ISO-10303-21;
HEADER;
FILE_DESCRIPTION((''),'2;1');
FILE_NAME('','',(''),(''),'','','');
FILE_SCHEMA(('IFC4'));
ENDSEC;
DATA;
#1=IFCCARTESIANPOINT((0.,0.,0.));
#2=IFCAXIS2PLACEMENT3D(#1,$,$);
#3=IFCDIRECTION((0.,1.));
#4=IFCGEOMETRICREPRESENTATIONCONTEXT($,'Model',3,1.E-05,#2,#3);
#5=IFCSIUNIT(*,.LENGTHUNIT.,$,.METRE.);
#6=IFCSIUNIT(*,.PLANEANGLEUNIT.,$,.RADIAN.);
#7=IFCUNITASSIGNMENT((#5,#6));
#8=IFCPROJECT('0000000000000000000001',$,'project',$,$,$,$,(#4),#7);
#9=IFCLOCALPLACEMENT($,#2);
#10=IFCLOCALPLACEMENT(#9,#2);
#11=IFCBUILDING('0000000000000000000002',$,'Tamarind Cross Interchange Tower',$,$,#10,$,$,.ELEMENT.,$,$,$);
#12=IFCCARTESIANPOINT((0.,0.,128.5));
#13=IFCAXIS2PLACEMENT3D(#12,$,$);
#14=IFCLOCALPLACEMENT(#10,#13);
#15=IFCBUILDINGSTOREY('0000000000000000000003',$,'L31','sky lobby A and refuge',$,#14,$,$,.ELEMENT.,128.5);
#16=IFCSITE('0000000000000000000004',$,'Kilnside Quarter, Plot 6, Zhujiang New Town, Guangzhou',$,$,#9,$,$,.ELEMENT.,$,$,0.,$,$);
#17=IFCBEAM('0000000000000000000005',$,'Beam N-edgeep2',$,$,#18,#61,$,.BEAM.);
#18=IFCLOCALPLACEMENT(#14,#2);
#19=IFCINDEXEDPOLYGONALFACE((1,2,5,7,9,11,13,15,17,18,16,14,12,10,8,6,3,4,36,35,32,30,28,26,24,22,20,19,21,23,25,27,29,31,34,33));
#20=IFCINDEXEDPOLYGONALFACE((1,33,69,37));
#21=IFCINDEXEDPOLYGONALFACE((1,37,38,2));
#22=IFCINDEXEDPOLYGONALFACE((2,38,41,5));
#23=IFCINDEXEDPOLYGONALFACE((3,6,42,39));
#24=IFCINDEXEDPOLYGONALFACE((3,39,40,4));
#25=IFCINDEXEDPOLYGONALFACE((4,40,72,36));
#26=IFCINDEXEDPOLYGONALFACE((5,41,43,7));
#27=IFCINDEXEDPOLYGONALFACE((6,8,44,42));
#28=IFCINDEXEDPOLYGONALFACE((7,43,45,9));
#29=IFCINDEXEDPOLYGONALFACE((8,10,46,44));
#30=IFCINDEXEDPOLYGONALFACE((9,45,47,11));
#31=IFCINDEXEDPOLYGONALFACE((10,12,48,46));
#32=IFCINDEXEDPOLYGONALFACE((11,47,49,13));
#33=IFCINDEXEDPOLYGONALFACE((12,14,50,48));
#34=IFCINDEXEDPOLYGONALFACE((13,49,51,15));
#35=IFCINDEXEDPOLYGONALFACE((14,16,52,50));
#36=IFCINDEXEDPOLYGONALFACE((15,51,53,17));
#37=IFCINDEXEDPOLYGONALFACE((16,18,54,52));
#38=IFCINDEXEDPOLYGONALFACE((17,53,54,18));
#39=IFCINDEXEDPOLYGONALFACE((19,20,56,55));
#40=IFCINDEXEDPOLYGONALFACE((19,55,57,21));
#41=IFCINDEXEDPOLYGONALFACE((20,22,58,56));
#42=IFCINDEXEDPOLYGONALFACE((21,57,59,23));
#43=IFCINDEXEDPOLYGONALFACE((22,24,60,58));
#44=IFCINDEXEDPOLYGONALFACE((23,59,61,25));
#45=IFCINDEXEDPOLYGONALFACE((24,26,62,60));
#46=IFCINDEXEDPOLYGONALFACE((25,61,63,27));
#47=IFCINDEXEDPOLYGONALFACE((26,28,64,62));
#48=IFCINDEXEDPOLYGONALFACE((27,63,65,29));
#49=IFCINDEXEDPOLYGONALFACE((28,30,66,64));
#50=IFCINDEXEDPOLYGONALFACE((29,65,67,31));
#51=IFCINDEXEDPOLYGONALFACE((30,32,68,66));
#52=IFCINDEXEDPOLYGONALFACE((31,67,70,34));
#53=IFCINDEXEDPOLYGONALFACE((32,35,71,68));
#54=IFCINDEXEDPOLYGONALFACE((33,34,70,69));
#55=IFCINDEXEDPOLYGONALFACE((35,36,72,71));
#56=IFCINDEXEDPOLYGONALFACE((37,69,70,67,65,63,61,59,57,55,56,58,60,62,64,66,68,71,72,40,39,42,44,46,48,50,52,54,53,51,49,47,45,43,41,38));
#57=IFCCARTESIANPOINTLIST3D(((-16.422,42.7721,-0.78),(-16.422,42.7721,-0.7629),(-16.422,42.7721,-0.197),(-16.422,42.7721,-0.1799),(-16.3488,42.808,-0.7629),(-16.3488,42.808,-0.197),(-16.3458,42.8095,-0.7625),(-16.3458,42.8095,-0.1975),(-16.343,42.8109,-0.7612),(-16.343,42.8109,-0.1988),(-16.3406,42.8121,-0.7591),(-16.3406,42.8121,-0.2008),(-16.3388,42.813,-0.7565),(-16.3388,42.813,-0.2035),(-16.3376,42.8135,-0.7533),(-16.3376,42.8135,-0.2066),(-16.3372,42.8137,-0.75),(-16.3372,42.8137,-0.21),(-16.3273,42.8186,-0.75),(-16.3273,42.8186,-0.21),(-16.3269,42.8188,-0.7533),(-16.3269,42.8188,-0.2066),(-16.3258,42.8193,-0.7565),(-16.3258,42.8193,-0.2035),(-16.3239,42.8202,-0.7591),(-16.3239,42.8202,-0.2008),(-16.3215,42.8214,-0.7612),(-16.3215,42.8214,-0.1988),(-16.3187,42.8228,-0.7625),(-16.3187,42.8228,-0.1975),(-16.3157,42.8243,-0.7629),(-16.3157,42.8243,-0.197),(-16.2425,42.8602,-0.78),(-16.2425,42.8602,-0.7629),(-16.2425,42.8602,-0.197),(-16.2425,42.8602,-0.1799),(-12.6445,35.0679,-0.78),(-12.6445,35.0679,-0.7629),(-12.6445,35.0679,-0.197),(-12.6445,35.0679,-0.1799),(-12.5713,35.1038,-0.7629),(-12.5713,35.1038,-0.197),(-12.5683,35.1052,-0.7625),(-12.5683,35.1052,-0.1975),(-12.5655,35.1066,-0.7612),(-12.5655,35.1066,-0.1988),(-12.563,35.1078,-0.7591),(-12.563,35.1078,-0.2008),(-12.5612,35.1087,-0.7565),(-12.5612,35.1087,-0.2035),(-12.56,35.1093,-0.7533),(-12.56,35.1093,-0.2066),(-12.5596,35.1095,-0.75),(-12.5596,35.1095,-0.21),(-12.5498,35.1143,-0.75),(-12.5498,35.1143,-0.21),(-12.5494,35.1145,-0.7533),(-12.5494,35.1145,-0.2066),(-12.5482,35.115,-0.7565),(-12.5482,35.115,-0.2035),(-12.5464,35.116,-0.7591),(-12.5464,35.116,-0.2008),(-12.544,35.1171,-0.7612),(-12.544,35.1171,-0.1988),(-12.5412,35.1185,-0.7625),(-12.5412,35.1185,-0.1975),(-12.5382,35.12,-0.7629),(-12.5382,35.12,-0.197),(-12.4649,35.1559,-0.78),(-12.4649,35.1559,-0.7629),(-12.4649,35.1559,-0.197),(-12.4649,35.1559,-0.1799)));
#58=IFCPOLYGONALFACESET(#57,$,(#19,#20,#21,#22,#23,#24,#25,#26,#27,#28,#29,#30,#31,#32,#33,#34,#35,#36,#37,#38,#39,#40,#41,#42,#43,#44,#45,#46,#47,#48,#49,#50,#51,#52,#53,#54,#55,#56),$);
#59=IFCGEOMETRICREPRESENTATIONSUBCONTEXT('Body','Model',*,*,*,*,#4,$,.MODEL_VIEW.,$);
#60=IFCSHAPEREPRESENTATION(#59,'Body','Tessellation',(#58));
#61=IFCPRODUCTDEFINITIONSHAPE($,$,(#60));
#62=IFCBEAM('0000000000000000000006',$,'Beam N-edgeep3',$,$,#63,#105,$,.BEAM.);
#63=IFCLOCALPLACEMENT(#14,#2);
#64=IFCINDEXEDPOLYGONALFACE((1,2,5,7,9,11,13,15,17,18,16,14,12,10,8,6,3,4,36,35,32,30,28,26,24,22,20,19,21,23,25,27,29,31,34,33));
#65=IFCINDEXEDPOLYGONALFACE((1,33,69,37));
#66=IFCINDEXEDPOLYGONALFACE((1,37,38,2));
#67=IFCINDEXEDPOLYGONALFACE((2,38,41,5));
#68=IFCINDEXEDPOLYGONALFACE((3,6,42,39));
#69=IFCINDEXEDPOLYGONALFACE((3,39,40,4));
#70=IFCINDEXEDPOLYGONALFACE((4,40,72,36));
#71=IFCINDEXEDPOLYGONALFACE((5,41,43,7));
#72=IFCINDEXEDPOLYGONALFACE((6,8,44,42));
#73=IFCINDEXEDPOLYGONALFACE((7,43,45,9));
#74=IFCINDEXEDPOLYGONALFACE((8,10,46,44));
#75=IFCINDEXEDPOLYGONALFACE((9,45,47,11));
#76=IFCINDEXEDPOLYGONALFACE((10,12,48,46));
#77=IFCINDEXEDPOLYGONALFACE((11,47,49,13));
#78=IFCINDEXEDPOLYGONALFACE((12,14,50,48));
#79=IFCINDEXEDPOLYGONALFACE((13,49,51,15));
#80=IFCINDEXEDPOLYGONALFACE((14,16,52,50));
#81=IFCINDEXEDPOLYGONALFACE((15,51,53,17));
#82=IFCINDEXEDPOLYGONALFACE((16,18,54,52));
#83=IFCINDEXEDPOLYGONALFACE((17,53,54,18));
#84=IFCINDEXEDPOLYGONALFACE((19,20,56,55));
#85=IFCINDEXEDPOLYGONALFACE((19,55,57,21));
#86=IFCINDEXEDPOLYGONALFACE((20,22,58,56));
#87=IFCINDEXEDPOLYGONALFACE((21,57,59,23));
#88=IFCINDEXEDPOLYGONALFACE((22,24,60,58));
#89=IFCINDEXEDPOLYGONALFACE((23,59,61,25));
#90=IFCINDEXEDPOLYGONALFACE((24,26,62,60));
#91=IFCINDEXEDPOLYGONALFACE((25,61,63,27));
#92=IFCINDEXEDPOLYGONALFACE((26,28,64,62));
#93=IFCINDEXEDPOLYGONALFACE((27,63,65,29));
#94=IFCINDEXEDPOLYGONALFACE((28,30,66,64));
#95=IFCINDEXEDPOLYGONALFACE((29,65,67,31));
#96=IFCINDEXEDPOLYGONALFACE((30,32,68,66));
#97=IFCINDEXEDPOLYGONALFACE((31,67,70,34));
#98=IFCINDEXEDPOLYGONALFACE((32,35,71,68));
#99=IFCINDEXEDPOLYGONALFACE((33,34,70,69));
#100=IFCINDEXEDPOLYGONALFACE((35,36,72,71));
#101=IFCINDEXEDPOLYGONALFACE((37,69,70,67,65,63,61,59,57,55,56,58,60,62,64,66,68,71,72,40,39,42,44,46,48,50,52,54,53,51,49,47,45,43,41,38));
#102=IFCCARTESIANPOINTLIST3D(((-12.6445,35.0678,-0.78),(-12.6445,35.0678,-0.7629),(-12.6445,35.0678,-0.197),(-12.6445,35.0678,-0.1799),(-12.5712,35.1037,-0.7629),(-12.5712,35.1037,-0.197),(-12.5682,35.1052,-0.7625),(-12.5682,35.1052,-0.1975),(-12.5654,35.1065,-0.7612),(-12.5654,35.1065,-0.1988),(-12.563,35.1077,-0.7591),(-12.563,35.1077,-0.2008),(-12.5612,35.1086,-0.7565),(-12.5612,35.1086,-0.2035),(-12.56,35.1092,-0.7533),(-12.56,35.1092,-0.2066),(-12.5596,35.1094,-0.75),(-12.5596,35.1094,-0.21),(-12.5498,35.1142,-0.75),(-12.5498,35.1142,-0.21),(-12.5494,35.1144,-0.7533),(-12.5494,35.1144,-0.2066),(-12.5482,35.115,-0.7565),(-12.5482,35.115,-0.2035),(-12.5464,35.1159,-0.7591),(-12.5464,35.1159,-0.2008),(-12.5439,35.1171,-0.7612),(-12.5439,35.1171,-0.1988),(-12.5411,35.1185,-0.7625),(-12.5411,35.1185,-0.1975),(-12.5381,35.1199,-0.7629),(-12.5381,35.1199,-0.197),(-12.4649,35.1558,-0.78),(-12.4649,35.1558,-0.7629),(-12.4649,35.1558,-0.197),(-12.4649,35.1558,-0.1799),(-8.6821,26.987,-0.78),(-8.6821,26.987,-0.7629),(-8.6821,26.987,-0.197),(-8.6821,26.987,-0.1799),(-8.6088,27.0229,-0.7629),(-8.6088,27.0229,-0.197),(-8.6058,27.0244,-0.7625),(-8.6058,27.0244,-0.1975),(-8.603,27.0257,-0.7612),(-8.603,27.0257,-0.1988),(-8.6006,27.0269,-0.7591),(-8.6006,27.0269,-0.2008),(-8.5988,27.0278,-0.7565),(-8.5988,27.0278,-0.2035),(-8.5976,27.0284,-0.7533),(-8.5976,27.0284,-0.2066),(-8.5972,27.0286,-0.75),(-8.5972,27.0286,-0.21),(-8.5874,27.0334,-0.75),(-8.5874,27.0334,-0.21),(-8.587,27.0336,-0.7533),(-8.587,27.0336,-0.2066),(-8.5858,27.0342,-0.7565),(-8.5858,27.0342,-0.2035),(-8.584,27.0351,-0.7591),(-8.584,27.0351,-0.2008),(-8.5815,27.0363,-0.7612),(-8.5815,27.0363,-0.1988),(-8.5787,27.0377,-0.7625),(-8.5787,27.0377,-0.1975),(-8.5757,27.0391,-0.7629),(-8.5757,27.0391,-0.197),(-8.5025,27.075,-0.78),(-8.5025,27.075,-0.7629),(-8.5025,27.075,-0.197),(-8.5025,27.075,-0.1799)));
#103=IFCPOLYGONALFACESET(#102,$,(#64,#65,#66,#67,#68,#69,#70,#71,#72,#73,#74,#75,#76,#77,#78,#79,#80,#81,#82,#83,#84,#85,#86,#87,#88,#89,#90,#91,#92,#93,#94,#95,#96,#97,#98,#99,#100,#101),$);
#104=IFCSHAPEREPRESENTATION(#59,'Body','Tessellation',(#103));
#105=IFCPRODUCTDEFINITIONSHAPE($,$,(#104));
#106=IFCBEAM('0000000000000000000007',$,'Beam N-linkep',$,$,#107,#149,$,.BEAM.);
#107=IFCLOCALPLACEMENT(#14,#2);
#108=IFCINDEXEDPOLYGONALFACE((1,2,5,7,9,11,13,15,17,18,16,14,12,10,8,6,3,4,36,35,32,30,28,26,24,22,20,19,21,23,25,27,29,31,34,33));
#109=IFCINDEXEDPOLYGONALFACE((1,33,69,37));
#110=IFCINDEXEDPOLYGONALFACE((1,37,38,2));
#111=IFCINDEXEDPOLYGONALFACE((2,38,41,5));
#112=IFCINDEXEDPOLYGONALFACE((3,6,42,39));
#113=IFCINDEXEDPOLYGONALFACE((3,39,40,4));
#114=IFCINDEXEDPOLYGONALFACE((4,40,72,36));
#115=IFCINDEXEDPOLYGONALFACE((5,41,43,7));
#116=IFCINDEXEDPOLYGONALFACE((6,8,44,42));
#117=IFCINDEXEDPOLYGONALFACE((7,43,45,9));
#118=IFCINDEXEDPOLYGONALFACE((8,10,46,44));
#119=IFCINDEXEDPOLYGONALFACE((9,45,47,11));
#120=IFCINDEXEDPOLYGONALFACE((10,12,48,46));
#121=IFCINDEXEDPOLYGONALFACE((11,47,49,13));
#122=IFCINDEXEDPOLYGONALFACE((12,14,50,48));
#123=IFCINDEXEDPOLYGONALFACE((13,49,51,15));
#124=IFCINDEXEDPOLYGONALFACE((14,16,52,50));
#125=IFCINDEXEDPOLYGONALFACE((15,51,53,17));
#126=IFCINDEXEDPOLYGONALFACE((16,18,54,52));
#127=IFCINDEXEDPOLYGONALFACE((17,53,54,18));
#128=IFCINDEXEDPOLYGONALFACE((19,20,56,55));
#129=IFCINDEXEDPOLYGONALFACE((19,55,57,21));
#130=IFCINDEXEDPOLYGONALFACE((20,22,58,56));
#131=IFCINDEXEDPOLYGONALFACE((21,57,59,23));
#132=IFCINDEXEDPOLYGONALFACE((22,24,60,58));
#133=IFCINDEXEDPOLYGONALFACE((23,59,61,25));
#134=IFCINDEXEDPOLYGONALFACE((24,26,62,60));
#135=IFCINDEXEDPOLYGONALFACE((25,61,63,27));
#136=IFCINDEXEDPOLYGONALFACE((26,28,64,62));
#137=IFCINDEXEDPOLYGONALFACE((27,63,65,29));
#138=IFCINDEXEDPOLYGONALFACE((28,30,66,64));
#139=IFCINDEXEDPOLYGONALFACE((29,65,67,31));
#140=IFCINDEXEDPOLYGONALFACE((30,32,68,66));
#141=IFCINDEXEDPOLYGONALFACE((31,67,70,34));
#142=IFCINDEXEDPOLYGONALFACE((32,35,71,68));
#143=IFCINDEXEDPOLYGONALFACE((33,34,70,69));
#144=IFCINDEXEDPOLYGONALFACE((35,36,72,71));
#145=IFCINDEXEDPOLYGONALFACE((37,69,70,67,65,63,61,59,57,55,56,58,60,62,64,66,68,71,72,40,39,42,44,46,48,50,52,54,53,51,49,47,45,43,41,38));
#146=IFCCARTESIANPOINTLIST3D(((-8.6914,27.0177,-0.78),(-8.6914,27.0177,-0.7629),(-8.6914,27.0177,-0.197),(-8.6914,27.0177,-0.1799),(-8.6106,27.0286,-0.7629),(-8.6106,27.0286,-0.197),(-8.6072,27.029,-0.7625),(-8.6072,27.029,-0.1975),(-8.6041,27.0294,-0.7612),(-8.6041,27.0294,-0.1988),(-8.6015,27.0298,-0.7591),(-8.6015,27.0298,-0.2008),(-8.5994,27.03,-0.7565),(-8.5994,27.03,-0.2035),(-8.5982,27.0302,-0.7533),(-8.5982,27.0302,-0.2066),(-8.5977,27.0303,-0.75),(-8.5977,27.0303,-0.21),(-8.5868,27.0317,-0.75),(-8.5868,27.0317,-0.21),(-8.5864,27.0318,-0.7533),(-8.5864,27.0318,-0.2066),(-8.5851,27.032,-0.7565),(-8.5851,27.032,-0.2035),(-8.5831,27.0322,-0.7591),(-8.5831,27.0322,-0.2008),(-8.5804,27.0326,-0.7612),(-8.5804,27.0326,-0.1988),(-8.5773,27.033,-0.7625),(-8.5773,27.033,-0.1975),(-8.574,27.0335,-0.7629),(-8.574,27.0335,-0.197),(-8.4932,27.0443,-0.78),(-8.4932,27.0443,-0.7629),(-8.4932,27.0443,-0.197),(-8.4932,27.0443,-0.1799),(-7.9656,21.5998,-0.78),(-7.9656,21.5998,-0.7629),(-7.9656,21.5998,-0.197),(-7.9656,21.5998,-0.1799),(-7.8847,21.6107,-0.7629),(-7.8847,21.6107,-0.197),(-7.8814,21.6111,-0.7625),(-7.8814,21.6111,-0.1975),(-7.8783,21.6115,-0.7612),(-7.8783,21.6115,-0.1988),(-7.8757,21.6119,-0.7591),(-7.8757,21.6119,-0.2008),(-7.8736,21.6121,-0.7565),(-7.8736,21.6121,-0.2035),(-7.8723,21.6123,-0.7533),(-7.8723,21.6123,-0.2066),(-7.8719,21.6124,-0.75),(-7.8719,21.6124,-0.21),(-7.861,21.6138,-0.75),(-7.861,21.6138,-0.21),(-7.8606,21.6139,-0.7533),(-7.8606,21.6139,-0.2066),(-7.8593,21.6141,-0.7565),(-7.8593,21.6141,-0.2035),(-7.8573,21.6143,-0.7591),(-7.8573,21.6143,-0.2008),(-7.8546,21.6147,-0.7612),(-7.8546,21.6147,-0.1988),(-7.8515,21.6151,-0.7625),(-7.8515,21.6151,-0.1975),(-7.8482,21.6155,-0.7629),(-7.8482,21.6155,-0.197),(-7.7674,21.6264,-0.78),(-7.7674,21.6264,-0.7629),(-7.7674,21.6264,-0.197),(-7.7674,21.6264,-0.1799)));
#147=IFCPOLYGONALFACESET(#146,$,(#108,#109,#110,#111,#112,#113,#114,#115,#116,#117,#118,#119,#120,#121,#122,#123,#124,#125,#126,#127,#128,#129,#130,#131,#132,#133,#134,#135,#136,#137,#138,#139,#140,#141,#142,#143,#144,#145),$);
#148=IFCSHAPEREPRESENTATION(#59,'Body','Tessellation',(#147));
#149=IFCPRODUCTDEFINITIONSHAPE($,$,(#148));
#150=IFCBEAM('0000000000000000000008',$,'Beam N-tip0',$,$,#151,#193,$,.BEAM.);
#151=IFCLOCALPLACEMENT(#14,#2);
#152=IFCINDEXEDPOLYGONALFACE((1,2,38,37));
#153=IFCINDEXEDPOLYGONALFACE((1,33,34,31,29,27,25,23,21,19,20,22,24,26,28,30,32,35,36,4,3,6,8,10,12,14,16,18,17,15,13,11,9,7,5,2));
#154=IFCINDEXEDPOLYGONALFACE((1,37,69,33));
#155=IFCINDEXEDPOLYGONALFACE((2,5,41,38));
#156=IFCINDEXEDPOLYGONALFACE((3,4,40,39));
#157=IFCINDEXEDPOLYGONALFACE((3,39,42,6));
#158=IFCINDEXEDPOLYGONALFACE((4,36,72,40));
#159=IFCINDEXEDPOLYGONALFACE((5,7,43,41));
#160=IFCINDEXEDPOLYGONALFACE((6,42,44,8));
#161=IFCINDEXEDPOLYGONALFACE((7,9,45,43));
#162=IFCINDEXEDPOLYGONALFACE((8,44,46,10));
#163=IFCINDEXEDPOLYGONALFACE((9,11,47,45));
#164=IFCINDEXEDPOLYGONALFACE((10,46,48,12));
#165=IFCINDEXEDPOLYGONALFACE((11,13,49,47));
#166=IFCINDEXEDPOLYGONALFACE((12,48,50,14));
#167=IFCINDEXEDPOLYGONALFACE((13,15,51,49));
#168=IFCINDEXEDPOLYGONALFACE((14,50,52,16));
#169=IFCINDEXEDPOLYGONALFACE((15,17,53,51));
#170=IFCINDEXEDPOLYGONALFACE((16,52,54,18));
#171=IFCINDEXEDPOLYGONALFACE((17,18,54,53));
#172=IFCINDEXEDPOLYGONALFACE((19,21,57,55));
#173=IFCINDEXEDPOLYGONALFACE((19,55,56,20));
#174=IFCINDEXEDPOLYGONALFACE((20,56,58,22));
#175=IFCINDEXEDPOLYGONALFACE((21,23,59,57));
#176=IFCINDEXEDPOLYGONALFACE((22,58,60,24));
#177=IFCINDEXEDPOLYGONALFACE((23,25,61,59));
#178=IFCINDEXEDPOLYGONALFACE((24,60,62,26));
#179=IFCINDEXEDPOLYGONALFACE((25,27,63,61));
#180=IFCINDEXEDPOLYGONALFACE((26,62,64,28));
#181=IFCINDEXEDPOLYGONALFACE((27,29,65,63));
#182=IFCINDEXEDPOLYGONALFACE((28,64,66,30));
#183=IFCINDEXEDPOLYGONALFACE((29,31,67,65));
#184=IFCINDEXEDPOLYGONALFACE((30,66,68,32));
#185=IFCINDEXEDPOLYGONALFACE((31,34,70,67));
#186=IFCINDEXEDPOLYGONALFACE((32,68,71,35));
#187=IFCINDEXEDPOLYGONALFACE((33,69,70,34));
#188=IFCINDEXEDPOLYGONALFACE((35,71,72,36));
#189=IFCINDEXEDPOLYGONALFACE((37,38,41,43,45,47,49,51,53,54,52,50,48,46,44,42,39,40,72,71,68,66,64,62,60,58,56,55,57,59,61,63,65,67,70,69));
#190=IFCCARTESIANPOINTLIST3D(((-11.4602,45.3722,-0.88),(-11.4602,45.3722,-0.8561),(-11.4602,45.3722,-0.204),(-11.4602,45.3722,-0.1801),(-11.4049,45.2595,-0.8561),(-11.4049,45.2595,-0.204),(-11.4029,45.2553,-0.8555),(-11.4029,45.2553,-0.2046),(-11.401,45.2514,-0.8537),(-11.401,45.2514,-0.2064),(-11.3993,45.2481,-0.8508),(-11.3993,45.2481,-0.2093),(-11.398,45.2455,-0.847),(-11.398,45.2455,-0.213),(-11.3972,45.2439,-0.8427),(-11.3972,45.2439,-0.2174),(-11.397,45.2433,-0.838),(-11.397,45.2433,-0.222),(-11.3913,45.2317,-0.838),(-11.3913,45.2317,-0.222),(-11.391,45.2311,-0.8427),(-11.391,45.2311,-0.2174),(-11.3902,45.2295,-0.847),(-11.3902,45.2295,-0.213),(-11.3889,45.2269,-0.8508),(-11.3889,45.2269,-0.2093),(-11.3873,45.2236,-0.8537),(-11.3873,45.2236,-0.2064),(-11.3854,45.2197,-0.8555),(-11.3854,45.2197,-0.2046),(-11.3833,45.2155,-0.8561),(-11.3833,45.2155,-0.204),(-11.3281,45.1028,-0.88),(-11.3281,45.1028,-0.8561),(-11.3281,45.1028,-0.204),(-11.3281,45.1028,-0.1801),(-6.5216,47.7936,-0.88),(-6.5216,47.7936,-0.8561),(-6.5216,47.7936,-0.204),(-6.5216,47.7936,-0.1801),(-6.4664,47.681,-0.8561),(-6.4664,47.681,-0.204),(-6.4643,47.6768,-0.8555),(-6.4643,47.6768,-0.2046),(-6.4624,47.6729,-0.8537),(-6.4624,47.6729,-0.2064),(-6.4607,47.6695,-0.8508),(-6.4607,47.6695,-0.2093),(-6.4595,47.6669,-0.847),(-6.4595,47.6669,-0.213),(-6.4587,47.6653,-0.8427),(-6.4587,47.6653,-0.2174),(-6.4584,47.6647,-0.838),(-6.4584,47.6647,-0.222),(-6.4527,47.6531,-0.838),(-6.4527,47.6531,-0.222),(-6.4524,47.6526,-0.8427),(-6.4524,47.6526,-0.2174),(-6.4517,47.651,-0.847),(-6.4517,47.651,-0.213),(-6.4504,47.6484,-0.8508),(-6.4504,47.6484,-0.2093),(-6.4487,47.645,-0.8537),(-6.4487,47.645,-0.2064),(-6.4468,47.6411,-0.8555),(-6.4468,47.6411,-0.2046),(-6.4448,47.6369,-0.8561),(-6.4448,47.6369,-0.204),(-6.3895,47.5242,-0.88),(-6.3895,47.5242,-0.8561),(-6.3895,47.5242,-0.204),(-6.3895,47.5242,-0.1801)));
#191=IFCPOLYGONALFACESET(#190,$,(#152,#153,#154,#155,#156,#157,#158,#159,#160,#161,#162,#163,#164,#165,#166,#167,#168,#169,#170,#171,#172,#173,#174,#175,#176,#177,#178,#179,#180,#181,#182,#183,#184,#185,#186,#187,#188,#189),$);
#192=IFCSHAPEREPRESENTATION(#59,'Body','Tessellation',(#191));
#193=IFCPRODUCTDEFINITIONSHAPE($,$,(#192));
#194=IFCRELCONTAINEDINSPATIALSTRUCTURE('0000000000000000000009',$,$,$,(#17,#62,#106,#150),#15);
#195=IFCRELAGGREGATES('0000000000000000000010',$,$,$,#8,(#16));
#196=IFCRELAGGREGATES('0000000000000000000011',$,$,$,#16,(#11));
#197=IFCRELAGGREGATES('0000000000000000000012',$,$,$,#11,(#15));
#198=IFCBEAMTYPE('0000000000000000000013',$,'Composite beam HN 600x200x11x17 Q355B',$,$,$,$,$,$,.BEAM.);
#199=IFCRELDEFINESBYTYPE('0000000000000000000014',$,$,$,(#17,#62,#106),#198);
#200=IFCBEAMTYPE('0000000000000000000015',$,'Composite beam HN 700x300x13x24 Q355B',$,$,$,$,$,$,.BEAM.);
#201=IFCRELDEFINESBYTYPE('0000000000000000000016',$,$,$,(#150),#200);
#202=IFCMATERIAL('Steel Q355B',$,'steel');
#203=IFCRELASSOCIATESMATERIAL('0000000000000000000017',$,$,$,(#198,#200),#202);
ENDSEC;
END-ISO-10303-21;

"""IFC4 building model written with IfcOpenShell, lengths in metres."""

from ifc_helpers import new_model, si_unit, direction, frame, origin, origin_2d, place, context, subcontext, project, spatial, i_section, extrude, material, material_profile, profile_set, type_object, element, save


model = new_model("IFC4")

# Units and contexts
model_context = context("Model", 3, precision=1e-05, world=origin(), true_north=direction((0.0, 1.0)))
body_context = subcontext(model_context, "Body", "Model", "MODEL_VIEW")
ifc_project = project(units=[si_unit("LENGTHUNIT", "METRE"), si_unit("PLANEANGLEUNIT", "RADIAN")], contexts=[model_context])

# Site, building, storey
site_placement = place(None, origin())
site = spatial("IfcSite", under=ifc_project, at=site_placement, Name="Kilnside Quarter, Plot 6, Zhujiang New Town, Guangzhou", CompositionType="ELEMENT", RefElevation=0.0)
building_placement = place(site_placement, origin())
building = spatial("IfcBuilding", under=site, at=building_placement, Name="Tamarind Cross Interchange Tower", CompositionType="ELEMENT")
storey_placement = place(building_placement, frame((0.0, 0.0, 128.5)))
storey = spatial("IfcBuildingStorey", under=building, at=storey_placement, Name="L31", Description="sky lobby A and refuge", CompositionType="ELEMENT", Elevation=128.5)

# Beams
ifc_material_1 = material(Name="Steel Q355B", Category="steel")
ifc_material_profile_1 = material_profile(ifc_material_1, i_section(OverallWidth=0.2, OverallDepth=0.6001, WebThickness=0.011, FlangeThickness=0.0171, FilletRadius=0.0129, at=origin_2d()), Name="HN 600x200x11x17")
ifc_profile_set_1 = profile_set([ifc_material_profile_1], Name="Steel Q355B")
beam_type_1 = type_object("IfcBeamType", Name="Composite beam HN 600x200x11x17 Q355B", PredefinedType="BEAM", material=ifc_profile_set_1)
beam_1_placement = place(storey_placement, frame((-16.3323, 42.8162, -0.48), z_axis=(0.440246, -0.897877, 0.0), x_axis=(0.897877, 0.440246, 0.0)))
element("IfcBeam", 1, at=beam_1_placement, inside=storey, type_object=beam_type_1, Name="Beam N-edgeep2", PredefinedType="BEAM", context=body_context, shape_type="SweptSolid", body=[
    extrude(i_section(OverallWidth=0.2, OverallDepth=0.6001, WebThickness=0.011, FlangeThickness=0.0171, FilletRadius=0.0129, at=origin_2d()), origin(), (0.0, 0.0, 1.0), 8.5806),
])
beam_2_placement = place(storey_placement, frame((-12.5547, 35.1118, -0.48), z_axis=(0.440267, -0.897867, 0.0), x_axis=(0.897867, 0.440267, 0.0)))
element("IfcBeam", 2, at=beam_2_placement, inside=storey, type_object=beam_type_1, Name="Beam N-edgeep3", PredefinedType="BEAM", context=body_context, shape_type="SweptSolid", body=[
    extrude(i_section(OverallWidth=0.2, OverallDepth=0.6001, WebThickness=0.011, FlangeThickness=0.0171, FilletRadius=0.0129, at=origin_2d()), origin(), (0.0, 0.0, 1.0), 9.0),
])
beam_3_placement = place(storey_placement, frame((-8.5923, 27.031, -0.48), z_axis=(0.132781, -0.991145, 0.0), x_axis=(0.991145, 0.132781, 0.0)))
element("IfcBeam", 3, at=beam_3_placement, inside=storey, type_object=beam_type_1, Name="Beam N-linkep", PredefinedType="BEAM", context=body_context, shape_type="SweptSolid", body=[
    extrude(i_section(OverallWidth=0.2, OverallDepth=0.6001, WebThickness=0.011, FlangeThickness=0.0171, FilletRadius=0.0129, at=origin_2d()), origin(), (0.0, 0.0, 1.0), 5.4663),
])
ifc_material_profile_2 = material_profile(ifc_material_1, i_section(OverallWidth=0.3, OverallDepth=0.7, WebThickness=0.0129, FlangeThickness=0.0239, FilletRadius=0.0181, at=origin_2d()), Name="HN 700x300x13x24")
ifc_profile_set_2 = profile_set([ifc_material_profile_2], Name="Steel Q355B")
beam_type_2 = type_object("IfcBeamType", Name="Composite beam HN 700x300x13x24 Q355B", PredefinedType="BEAM", material=ifc_profile_set_2)
beam_4_placement = place(storey_placement, frame((-6.4556, 47.6589, -0.53), z_axis=(-0.89788, -0.44024, 0.0), x_axis=(0.44024, -0.89788, 0.0)))
element("IfcBeam", 4, at=beam_4_placement, inside=storey, type_object=beam_type_2, Name="Beam N-tip0", PredefinedType="BEAM", context=body_context, shape_type="SweptSolid", body=[
    extrude(i_section(OverallWidth=0.3, OverallDepth=0.7, WebThickness=0.0129, FlangeThickness=0.0239, FilletRadius=0.0181, at=origin_2d()), origin(), (0.0, 0.0, 1.0), 5.5002),
])

save(model, "model.ifc")
